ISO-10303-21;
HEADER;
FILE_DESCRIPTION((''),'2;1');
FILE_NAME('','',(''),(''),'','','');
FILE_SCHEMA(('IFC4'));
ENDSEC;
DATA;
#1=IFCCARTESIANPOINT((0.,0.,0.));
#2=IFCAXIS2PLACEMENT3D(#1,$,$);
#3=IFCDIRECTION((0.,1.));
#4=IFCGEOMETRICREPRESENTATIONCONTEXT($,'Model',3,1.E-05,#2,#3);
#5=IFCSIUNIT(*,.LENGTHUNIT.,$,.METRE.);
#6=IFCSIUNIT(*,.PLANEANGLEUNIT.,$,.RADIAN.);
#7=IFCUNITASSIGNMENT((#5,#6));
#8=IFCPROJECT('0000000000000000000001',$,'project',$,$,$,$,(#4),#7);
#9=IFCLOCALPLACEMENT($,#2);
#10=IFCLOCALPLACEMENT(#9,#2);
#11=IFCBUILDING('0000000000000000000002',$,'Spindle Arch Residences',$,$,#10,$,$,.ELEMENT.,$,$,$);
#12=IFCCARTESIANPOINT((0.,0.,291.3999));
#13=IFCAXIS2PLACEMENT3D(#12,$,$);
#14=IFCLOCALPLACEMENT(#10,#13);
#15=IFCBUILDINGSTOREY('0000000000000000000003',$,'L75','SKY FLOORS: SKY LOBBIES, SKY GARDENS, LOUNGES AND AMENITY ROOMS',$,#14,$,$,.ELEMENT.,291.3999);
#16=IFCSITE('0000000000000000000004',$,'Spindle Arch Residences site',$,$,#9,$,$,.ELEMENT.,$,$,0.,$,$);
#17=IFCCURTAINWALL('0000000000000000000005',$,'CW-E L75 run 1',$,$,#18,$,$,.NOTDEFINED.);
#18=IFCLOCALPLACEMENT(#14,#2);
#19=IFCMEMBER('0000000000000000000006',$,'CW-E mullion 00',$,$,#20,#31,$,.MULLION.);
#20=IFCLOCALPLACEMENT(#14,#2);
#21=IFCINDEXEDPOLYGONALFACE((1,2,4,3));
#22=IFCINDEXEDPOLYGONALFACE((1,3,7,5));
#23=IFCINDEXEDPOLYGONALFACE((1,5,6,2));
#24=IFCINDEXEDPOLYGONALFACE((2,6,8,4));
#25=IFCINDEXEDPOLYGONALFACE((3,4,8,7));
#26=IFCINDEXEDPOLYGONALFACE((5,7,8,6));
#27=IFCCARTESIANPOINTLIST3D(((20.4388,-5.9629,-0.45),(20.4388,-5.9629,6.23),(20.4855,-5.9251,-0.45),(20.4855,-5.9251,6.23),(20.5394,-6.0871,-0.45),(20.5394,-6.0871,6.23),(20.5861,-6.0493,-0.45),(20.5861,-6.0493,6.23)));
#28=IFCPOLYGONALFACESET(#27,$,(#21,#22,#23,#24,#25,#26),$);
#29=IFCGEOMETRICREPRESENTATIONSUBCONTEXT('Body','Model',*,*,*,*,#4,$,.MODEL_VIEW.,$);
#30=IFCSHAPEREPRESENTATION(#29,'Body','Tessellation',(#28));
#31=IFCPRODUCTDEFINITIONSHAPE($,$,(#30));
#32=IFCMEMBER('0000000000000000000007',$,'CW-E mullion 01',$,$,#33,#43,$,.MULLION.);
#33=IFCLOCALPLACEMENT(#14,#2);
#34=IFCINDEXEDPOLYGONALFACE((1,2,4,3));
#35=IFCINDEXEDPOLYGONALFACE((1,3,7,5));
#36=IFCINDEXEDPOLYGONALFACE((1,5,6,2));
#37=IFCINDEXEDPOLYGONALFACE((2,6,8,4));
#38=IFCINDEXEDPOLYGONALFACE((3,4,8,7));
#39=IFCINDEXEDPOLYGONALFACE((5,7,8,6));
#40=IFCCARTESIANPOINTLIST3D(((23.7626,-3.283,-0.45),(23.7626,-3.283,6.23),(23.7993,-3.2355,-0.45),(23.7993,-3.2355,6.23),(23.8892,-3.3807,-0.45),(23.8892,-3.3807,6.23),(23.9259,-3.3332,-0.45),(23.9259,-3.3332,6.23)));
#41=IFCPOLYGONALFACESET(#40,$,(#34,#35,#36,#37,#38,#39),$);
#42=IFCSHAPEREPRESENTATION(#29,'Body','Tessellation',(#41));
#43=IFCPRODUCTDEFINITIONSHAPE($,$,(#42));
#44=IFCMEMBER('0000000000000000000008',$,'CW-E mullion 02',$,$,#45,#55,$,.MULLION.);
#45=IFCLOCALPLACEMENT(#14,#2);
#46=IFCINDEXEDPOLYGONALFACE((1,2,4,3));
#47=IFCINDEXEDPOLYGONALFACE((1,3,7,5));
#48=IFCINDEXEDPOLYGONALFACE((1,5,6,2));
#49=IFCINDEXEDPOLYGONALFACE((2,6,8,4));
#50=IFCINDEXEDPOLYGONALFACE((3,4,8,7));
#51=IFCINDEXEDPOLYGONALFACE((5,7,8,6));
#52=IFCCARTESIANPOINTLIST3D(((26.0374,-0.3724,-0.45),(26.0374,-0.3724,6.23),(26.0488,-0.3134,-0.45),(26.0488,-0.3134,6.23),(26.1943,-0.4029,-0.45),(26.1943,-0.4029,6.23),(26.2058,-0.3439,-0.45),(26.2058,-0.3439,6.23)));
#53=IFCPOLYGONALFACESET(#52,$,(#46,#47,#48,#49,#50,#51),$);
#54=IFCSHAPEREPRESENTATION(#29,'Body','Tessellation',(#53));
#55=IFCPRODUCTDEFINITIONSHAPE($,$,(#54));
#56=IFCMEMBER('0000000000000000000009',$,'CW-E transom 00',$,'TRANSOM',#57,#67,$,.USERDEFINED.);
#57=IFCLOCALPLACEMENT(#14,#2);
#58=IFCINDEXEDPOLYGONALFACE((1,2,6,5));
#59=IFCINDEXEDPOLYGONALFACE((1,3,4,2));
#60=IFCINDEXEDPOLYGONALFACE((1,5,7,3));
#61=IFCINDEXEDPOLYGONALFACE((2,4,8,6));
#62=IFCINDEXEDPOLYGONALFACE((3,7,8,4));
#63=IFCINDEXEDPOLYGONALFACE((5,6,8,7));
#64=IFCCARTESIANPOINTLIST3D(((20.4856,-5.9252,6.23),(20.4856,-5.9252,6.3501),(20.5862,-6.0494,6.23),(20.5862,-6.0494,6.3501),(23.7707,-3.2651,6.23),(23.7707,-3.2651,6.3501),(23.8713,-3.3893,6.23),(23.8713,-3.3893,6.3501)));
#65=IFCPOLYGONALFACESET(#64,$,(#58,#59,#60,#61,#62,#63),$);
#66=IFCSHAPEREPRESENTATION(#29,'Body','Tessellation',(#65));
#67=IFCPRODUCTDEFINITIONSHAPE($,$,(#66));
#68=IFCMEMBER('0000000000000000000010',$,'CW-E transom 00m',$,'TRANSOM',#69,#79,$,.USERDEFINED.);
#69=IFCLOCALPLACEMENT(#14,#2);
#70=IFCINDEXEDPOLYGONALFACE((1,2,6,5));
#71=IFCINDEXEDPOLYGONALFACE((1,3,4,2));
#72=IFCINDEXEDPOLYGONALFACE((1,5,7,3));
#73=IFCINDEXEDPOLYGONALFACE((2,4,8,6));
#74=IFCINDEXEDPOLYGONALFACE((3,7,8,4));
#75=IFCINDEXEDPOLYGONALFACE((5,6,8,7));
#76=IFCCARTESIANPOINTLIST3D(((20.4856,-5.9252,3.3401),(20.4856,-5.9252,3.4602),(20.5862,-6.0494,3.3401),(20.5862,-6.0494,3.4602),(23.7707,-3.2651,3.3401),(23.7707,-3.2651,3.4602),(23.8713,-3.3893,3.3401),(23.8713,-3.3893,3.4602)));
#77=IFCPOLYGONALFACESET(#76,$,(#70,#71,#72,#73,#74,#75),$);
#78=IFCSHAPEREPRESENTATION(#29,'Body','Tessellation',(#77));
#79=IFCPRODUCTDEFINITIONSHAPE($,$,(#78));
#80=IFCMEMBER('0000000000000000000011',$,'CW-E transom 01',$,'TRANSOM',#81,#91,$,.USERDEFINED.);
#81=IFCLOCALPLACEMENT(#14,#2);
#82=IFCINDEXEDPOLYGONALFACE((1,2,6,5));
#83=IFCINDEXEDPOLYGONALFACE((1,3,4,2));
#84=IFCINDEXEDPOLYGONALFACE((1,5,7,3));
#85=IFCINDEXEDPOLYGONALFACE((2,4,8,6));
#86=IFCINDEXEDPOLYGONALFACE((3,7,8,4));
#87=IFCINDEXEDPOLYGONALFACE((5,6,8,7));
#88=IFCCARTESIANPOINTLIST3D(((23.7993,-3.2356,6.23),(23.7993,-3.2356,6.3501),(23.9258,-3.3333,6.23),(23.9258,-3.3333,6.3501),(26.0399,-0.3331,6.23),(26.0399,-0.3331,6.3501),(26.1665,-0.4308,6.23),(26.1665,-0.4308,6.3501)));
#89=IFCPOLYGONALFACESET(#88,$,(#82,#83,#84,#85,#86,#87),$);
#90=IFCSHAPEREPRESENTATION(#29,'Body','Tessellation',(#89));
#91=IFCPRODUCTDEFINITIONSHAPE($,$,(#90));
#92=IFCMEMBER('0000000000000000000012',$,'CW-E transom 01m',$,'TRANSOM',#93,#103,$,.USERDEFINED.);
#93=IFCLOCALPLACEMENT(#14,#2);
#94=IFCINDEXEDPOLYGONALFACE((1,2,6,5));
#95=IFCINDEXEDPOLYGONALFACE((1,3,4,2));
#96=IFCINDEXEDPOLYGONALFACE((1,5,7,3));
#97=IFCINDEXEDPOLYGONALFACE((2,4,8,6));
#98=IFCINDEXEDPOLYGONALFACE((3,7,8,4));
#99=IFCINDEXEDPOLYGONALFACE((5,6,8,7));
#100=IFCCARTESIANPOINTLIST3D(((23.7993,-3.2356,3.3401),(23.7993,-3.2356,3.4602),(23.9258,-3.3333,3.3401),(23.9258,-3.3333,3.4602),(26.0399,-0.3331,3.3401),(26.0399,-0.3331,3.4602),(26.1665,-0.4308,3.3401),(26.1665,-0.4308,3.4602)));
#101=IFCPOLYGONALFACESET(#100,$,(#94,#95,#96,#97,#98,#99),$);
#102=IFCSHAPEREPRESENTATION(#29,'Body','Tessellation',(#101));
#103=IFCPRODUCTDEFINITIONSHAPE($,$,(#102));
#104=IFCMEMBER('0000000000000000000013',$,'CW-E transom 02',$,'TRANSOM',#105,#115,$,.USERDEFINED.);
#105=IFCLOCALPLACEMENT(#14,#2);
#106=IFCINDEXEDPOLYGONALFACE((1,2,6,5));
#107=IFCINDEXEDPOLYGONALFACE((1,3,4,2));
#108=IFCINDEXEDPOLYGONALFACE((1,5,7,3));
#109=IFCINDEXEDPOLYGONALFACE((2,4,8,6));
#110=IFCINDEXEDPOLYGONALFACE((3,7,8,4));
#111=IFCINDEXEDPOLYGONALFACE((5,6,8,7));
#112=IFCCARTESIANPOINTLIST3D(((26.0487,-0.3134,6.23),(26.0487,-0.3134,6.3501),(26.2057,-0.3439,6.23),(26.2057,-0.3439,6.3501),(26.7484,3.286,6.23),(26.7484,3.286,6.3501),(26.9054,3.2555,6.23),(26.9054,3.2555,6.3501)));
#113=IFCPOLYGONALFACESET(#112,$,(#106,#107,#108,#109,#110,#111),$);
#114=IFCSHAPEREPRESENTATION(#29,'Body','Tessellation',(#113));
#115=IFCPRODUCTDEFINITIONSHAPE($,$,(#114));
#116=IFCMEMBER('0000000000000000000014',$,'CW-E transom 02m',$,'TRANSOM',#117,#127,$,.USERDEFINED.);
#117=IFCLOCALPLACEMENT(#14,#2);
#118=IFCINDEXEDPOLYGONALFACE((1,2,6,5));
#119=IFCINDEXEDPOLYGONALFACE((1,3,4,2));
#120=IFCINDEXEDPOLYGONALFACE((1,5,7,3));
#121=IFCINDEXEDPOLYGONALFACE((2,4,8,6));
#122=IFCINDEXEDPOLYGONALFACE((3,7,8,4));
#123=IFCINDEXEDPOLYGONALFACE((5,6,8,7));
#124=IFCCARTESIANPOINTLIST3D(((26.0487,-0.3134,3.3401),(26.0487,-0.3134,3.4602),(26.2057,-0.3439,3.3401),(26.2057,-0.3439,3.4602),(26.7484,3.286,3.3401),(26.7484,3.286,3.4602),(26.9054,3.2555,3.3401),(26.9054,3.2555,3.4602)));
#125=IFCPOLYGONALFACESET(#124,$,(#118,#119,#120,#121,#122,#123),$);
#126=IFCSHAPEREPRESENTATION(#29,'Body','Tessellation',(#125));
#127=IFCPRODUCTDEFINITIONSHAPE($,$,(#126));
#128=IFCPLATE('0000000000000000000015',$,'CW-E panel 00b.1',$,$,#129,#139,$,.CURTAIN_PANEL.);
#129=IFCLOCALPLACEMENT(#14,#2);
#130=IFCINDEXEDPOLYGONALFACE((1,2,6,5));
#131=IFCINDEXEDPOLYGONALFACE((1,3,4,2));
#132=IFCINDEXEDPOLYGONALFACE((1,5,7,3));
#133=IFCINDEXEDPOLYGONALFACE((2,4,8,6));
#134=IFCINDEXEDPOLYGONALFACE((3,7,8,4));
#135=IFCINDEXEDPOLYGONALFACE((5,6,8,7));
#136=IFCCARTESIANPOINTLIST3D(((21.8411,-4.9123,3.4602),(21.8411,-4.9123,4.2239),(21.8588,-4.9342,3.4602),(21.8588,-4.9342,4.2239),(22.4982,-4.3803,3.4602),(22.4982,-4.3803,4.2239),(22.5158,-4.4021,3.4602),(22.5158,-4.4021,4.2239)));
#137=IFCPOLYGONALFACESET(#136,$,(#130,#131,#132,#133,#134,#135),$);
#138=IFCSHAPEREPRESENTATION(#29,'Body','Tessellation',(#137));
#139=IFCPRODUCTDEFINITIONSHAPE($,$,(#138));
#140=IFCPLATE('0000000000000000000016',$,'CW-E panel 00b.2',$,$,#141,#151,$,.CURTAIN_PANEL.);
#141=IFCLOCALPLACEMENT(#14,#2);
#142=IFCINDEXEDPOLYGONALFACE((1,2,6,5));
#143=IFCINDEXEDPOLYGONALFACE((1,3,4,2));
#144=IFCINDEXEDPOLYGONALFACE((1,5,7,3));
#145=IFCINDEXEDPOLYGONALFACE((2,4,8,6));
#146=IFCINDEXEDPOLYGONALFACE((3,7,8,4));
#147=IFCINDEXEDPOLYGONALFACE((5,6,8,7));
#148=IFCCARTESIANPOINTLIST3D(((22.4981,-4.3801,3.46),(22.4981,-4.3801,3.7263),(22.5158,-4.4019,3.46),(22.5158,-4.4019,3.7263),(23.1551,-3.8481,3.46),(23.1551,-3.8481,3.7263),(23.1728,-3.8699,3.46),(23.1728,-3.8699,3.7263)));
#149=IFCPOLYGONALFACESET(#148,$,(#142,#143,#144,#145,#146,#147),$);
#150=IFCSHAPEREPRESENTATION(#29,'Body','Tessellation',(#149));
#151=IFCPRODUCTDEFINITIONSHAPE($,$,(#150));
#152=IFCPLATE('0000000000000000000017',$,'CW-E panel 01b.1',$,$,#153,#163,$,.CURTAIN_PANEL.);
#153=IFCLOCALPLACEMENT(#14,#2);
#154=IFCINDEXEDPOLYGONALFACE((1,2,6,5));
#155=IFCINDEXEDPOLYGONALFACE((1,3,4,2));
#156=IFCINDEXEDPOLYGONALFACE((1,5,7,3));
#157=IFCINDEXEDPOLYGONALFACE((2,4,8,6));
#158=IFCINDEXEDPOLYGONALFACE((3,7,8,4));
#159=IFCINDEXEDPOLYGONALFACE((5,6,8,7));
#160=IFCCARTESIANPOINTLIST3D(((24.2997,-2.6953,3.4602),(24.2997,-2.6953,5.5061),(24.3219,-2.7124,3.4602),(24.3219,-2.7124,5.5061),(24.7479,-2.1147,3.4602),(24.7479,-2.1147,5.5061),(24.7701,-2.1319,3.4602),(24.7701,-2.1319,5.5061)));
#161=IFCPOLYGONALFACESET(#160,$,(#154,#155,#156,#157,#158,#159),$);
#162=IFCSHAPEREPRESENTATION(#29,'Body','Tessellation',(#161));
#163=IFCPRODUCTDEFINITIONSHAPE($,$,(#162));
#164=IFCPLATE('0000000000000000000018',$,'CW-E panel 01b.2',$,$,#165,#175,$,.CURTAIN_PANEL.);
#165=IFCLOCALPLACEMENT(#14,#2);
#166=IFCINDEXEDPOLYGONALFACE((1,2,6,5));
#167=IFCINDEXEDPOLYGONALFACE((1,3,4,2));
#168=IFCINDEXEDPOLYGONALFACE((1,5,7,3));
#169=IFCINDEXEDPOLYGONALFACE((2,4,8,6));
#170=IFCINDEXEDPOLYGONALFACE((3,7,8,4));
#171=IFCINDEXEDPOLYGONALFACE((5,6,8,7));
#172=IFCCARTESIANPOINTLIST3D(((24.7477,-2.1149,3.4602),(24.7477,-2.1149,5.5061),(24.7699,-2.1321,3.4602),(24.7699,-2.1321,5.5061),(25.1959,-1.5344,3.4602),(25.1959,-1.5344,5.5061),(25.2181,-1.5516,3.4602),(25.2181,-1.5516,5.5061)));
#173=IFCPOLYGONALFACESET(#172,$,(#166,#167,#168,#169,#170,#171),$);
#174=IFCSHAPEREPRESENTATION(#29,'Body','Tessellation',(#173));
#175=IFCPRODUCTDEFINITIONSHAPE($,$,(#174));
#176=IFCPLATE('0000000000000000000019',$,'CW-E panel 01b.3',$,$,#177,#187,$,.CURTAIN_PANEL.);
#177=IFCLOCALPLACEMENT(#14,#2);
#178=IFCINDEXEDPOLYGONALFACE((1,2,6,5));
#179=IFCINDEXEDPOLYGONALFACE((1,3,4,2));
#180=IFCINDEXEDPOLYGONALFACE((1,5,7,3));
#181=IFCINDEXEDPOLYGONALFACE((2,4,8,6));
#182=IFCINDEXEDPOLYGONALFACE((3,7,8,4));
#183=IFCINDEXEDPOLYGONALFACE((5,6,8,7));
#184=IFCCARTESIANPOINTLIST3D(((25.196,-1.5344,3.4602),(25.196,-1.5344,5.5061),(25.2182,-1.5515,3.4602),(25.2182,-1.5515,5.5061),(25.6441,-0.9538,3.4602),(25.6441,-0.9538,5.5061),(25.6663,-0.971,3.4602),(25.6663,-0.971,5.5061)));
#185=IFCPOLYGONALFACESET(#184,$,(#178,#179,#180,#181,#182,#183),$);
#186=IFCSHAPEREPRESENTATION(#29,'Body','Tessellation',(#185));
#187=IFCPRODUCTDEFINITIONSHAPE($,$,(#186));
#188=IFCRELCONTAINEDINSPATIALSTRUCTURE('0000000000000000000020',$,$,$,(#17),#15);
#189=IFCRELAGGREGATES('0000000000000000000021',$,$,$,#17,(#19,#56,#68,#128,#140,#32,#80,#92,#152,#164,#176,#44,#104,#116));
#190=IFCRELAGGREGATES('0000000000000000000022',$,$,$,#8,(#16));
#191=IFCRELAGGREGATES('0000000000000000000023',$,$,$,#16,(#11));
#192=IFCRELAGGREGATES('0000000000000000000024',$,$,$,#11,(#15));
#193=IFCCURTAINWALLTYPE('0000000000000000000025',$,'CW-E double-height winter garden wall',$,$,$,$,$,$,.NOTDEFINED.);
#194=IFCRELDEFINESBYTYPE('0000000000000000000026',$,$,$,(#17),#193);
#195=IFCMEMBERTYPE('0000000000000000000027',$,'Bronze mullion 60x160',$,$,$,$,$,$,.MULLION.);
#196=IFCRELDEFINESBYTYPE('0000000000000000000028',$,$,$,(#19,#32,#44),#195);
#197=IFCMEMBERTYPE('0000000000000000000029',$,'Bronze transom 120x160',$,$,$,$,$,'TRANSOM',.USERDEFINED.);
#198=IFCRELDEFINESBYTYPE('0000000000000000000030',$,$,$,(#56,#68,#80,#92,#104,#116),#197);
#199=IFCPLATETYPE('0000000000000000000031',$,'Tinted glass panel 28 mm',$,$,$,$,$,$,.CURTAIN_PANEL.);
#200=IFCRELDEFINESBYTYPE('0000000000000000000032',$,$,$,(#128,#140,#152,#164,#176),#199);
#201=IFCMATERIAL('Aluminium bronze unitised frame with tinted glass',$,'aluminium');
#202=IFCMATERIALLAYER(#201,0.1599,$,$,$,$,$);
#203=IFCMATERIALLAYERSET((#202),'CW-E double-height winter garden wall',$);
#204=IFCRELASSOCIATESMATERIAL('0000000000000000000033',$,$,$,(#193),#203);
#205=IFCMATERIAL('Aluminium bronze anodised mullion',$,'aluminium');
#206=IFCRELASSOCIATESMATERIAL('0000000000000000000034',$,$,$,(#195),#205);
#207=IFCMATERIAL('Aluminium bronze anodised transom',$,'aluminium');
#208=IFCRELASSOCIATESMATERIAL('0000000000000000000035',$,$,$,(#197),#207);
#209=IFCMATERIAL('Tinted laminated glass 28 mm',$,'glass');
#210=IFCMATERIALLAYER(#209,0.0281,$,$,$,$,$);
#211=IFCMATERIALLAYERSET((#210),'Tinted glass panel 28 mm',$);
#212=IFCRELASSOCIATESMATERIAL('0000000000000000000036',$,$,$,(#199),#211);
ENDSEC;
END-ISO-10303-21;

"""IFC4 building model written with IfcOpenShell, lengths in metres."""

from ifc_helpers import new_model, si_unit, direction, frame, origin, origin_2d, place, context, subcontext, project, spatial, rectangle, extrude, material, layer, layer_set, material_profile, profile_set, type_object, element, aggregate, save


model = new_model("IFC4")

# Units and contexts
model_context = context("Model", 3, precision=1e-05, world=origin(), true_north=direction((0.0, 1.0)))
body_context = subcontext(model_context, "Body", "Model", "MODEL_VIEW")
ifc_project = project(units=[si_unit("LENGTHUNIT", "METRE"), si_unit("PLANEANGLEUNIT", "RADIAN")], contexts=[model_context])

# Site, building, storey
site_placement = place(None, origin())
site = spatial("IfcSite", under=ifc_project, at=site_placement, Name="Spindle Arch Residences site", CompositionType="ELEMENT", RefElevation=0.0)
building_placement = place(site_placement, origin())
building = spatial("IfcBuilding", under=site, at=building_placement, Name="Spindle Arch Residences", CompositionType="ELEMENT")
storey_placement = place(building_placement, frame((0.0, 0.0, 291.3999)))
storey = spatial("IfcBuildingStorey", under=building, at=storey_placement, Name="L75", Description="SKY FLOORS: SKY LOBBIES, SKY GARDENS, LOUNGES AND AMENITY ROOMS", CompositionType="ELEMENT", Elevation=291.3999)

# Curtain wall, members, plates
ifc_material_1 = material(Name="Aluminium bronze unitised frame with tinted glass", Category="aluminium")
ifc_layer_1 = layer(ifc_material_1, 0.1599)
ifc_layer_set_1 = layer_set([ifc_layer_1], Name="CW-E double-height winter garden wall")
curtain_wall_type = type_object("IfcCurtainWallType", Name="CW-E double-height winter garden wall", PredefinedType="NOTDEFINED", material=ifc_layer_set_1)
curtain_wall_1_placement = place(storey_placement, origin())
curtain_wall_1 = element("IfcCurtainWall", 1, at=curtain_wall_1_placement, inside=storey, type_object=curtain_wall_type, Name="CW-E L75 run 1", PredefinedType="NOTDEFINED")
ifc_material_2 = material(Name="Aluminium bronze anodised mullion", Category="aluminium")
ifc_material_profile_1 = material_profile(ifc_material_2, rectangle(XDim=0.1599, YDim=0.0601, at=origin_2d()), Name="MU 60x160")
ifc_profile_set_1 = profile_set([ifc_material_profile_1], Name="Aluminium bronze anodised mullion")
member_type_1 = type_object("IfcMemberType", Name="Bronze mullion 60x160", PredefinedType="MULLION", material=ifc_profile_set_1)
member_1_placement = place(storey_placement, frame((20.5125, -6.0061, -0.45), z_axis=(0.0, 0.0, 1.0), x_axis=(-0.62932, 0.777146, 0.0)))
member_1 = element("IfcMember", 2, at=member_1_placement, type_object=member_type_1, Name="CW-E mullion 00", PredefinedType="MULLION", context=body_context, shape_type="SweptSolid", body=[
    extrude(rectangle(XDim=0.1599, YDim=0.0601, at=origin_2d()), origin(), (0.0, 0.0, 1.0), 6.6799),
])
member_2_placement = place(storey_placement, frame((23.8442, -3.3081, -0.45), z_axis=(0.0, 0.0, 1.0), x_axis=(-0.791579, 0.611067, 0.0)))
member_2 = element("IfcMember", 3, at=member_2_placement, type_object=member_type_1, Name="CW-E mullion 01", PredefinedType="MULLION", context=body_context, shape_type="SweptSolid", body=[
    extrude(rectangle(XDim=0.1599, YDim=0.0601, at=origin_2d()), origin(), (0.0, 0.0, 1.0), 6.6799),
])
member_3_placement = place(storey_placement, frame((26.1216, -0.3582, -0.45), z_axis=(0.0, 0.0, 1.0), x_axis=(-0.981627, 0.190809, 0.0)))
member_3 = element("IfcMember", 4, at=member_3_placement, type_object=member_type_1, Name="CW-E mullion 02", PredefinedType="MULLION", context=body_context, shape_type="SweptSolid", body=[
    extrude(rectangle(XDim=0.1599, YDim=0.0601, at=origin_2d()), origin(), (0.0, 0.0, 1.0), 6.6799),
])
ifc_material_3 = material(Name="Aluminium bronze anodised transom", Category="aluminium")
ifc_material_profile_2 = material_profile(ifc_material_3, rectangle(XDim=0.1599, YDim=0.1201, at=origin_2d()), Name="TR 120x160")
ifc_profile_set_2 = profile_set([ifc_material_profile_2], Name="Aluminium bronze anodised transom")
member_type_2 = type_object("IfcMemberType", Name="Bronze transom 120x160", ElementType="TRANSOM", PredefinedType="USERDEFINED", material=ifc_profile_set_2)
member_4_placement = place(storey_placement, frame((20.5359, -5.9873, 6.29), z_axis=(0.777159, 0.629305, 0.0), x_axis=(-0.629305, 0.777159, 0.0)))
member_4 = element("IfcMember", 5, at=member_4_placement, type_object=member_type_2, Name="CW-E transom 00", ObjectType="TRANSOM", PredefinedType="USERDEFINED", context=body_context, shape_type="SweptSolid", body=[
    extrude(rectangle(XDim=0.1599, YDim=0.1201, at=origin_2d()), origin(), (0.0, 0.0, 1.0), 4.2271),
])
member_5_placement = place(storey_placement, frame((20.5359, -5.9873, 3.4001), z_axis=(0.777159, 0.629305, 0.0), x_axis=(-0.629305, 0.777159, 0.0)))
member_5 = element("IfcMember", 6, at=member_5_placement, type_object=member_type_2, Name="CW-E transom 00m", ObjectType="TRANSOM", PredefinedType="USERDEFINED", context=body_context, shape_type="SweptSolid", body=[
    extrude(rectangle(XDim=0.1599, YDim=0.1201, at=origin_2d()), origin(), (0.0, 0.0, 1.0), 4.2271),
])
member_6_placement = place(storey_placement, frame((23.8625, -3.2844, 6.29), z_axis=(0.611074, 0.791573, 0.0), x_axis=(-0.791573, 0.611074, 0.0)))
member_6 = element("IfcMember", 7, at=member_6_placement, type_object=member_type_2, Name="CW-E transom 01", ObjectType="TRANSOM", PredefinedType="USERDEFINED", context=body_context, shape_type="SweptSolid", body=[
    extrude(rectangle(XDim=0.1599, YDim=0.1201, at=origin_2d()), origin(), (0.0, 0.0, 1.0), 3.6667),
])
member_7_placement = place(storey_placement, frame((23.8625, -3.2844, 3.4001), z_axis=(0.611074, 0.791573, 0.0), x_axis=(-0.791573, 0.611074, 0.0)))
member_7 = element("IfcMember", 8, at=member_7_placement, type_object=member_type_2, Name="CW-E transom 01m", ObjectType="TRANSOM", PredefinedType="USERDEFINED", context=body_context, shape_type="SweptSolid", body=[
    extrude(rectangle(XDim=0.1599, YDim=0.1201, at=origin_2d()), origin(), (0.0, 0.0, 1.0), 3.6667),
])
member_8_placement = place(storey_placement, frame((26.1272, -0.3286, 6.29), z_axis=(0.190825, 0.981624, 0.0), x_axis=(-0.981624, 0.190825, 0.0)))
member_8 = element("IfcMember", 9, at=member_8_placement, type_object=member_type_2, Name="CW-E transom 02", ObjectType="TRANSOM", PredefinedType="USERDEFINED", context=body_context, shape_type="SweptSolid", body=[
    extrude(rectangle(XDim=0.1599, YDim=0.1201, at=origin_2d()), origin(), (0.0, 0.0, 1.0), 3.6667),
])
member_9_placement = place(storey_placement, frame((26.1272, -0.3286, 3.4001), z_axis=(0.190825, 0.981624, 0.0), x_axis=(-0.981624, 0.190825, 0.0)))
member_9 = element("IfcMember", 10, at=member_9_placement, type_object=member_type_2, Name="CW-E transom 02m", ObjectType="TRANSOM", PredefinedType="USERDEFINED", context=body_context, shape_type="SweptSolid", body=[
    extrude(rectangle(XDim=0.1599, YDim=0.1201, at=origin_2d()), origin(), (0.0, 0.0, 1.0), 3.6667),
])
ifc_material_4 = material(Name="Tinted laminated glass 28 mm", Category="glass")
ifc_layer_2 = layer(ifc_material_4, 0.0281)
ifc_layer_set_2 = layer_set([ifc_layer_2], Name="Tinted glass panel 28 mm")
plate_type_1 = type_object("IfcPlateType", Name="Tinted glass panel 28 mm", PredefinedType="CURTAIN_PANEL", material=ifc_layer_set_2)
plate_1_placement = place(storey_placement, frame((22.1785, -4.6572, 3.4602), z_axis=(0.0, 0.0, 1.0), x_axis=(0.777146, 0.62932, 0.0)))
plate_1 = element("IfcPlate", 11, at=plate_1_placement, type_object=plate_type_1, Name="CW-E panel 00b.1", PredefinedType="CURTAIN_PANEL", context=body_context, shape_type="SweptSolid", body=[
    extrude(rectangle(XDim=0.8455, YDim=0.0281, at=origin_2d()), origin(), (0.0, 0.0, 1.0), 0.7637),
])
plate_2_placement = place(storey_placement, frame((22.8354, -4.125, 3.46), z_axis=(0.0, 0.0, 1.0), x_axis=(0.777146, 0.62932, 0.0)))
plate_2 = element("IfcPlate", 12, at=plate_2_placement, type_object=plate_type_1, Name="CW-E panel 00b.2", PredefinedType="CURTAIN_PANEL", context=body_context, shape_type="SweptSolid", body=[
    extrude(rectangle(XDim=0.8455, YDim=0.0281, at=origin_2d()), origin(), (0.0, 0.0, 1.0), 0.2664),
])
plate_3_placement = place(storey_placement, frame((24.5349, -2.4136, 3.4602), z_axis=(0.0, 0.0, 1.0), x_axis=(0.611067, 0.791579, 0.0)))
plate_3 = element("IfcPlate", 13, at=plate_3_placement, type_object=plate_type_1, Name="CW-E panel 01b.1", PredefinedType="CURTAIN_PANEL", context=body_context, shape_type="SweptSolid", body=[
    extrude(rectangle(XDim=0.7334, YDim=0.0281, at=origin_2d()), origin(), (0.0, 0.0, 1.0), 2.0459),
])
plate_4_placement = place(storey_placement, frame((24.9829, -1.8333, 3.4602), z_axis=(0.0, 0.0, 1.0), x_axis=(0.611067, 0.791579, 0.0)))
plate_4 = element("IfcPlate", 14, at=plate_4_placement, type_object=plate_type_1, Name="CW-E panel 01b.2", PredefinedType="CURTAIN_PANEL", context=body_context, shape_type="SweptSolid", body=[
    extrude(rectangle(XDim=0.7334, YDim=0.0281, at=origin_2d()), origin(), (0.0, 0.0, 1.0), 2.0459),
])
plate_5_placement = place(storey_placement, frame((25.4312, -1.2527, 3.4602), z_axis=(0.0, 0.0, 1.0), x_axis=(0.611067, 0.791579, 0.0)))
plate_5 = element("IfcPlate", 15, at=plate_5_placement, type_object=plate_type_1, Name="CW-E panel 01b.3", PredefinedType="CURTAIN_PANEL", context=body_context, shape_type="SweptSolid", body=[
    extrude(rectangle(XDim=0.7334, YDim=0.0281, at=origin_2d()), origin(), (0.0, 0.0, 1.0), 2.0459),
])

aggregate(curtain_wall_1, [member_1, member_4, member_5, plate_1, plate_2, member_2, member_6, member_7, plate_3, plate_4, plate_5, member_3, member_8, member_9])

save(model, "model.ifc")
